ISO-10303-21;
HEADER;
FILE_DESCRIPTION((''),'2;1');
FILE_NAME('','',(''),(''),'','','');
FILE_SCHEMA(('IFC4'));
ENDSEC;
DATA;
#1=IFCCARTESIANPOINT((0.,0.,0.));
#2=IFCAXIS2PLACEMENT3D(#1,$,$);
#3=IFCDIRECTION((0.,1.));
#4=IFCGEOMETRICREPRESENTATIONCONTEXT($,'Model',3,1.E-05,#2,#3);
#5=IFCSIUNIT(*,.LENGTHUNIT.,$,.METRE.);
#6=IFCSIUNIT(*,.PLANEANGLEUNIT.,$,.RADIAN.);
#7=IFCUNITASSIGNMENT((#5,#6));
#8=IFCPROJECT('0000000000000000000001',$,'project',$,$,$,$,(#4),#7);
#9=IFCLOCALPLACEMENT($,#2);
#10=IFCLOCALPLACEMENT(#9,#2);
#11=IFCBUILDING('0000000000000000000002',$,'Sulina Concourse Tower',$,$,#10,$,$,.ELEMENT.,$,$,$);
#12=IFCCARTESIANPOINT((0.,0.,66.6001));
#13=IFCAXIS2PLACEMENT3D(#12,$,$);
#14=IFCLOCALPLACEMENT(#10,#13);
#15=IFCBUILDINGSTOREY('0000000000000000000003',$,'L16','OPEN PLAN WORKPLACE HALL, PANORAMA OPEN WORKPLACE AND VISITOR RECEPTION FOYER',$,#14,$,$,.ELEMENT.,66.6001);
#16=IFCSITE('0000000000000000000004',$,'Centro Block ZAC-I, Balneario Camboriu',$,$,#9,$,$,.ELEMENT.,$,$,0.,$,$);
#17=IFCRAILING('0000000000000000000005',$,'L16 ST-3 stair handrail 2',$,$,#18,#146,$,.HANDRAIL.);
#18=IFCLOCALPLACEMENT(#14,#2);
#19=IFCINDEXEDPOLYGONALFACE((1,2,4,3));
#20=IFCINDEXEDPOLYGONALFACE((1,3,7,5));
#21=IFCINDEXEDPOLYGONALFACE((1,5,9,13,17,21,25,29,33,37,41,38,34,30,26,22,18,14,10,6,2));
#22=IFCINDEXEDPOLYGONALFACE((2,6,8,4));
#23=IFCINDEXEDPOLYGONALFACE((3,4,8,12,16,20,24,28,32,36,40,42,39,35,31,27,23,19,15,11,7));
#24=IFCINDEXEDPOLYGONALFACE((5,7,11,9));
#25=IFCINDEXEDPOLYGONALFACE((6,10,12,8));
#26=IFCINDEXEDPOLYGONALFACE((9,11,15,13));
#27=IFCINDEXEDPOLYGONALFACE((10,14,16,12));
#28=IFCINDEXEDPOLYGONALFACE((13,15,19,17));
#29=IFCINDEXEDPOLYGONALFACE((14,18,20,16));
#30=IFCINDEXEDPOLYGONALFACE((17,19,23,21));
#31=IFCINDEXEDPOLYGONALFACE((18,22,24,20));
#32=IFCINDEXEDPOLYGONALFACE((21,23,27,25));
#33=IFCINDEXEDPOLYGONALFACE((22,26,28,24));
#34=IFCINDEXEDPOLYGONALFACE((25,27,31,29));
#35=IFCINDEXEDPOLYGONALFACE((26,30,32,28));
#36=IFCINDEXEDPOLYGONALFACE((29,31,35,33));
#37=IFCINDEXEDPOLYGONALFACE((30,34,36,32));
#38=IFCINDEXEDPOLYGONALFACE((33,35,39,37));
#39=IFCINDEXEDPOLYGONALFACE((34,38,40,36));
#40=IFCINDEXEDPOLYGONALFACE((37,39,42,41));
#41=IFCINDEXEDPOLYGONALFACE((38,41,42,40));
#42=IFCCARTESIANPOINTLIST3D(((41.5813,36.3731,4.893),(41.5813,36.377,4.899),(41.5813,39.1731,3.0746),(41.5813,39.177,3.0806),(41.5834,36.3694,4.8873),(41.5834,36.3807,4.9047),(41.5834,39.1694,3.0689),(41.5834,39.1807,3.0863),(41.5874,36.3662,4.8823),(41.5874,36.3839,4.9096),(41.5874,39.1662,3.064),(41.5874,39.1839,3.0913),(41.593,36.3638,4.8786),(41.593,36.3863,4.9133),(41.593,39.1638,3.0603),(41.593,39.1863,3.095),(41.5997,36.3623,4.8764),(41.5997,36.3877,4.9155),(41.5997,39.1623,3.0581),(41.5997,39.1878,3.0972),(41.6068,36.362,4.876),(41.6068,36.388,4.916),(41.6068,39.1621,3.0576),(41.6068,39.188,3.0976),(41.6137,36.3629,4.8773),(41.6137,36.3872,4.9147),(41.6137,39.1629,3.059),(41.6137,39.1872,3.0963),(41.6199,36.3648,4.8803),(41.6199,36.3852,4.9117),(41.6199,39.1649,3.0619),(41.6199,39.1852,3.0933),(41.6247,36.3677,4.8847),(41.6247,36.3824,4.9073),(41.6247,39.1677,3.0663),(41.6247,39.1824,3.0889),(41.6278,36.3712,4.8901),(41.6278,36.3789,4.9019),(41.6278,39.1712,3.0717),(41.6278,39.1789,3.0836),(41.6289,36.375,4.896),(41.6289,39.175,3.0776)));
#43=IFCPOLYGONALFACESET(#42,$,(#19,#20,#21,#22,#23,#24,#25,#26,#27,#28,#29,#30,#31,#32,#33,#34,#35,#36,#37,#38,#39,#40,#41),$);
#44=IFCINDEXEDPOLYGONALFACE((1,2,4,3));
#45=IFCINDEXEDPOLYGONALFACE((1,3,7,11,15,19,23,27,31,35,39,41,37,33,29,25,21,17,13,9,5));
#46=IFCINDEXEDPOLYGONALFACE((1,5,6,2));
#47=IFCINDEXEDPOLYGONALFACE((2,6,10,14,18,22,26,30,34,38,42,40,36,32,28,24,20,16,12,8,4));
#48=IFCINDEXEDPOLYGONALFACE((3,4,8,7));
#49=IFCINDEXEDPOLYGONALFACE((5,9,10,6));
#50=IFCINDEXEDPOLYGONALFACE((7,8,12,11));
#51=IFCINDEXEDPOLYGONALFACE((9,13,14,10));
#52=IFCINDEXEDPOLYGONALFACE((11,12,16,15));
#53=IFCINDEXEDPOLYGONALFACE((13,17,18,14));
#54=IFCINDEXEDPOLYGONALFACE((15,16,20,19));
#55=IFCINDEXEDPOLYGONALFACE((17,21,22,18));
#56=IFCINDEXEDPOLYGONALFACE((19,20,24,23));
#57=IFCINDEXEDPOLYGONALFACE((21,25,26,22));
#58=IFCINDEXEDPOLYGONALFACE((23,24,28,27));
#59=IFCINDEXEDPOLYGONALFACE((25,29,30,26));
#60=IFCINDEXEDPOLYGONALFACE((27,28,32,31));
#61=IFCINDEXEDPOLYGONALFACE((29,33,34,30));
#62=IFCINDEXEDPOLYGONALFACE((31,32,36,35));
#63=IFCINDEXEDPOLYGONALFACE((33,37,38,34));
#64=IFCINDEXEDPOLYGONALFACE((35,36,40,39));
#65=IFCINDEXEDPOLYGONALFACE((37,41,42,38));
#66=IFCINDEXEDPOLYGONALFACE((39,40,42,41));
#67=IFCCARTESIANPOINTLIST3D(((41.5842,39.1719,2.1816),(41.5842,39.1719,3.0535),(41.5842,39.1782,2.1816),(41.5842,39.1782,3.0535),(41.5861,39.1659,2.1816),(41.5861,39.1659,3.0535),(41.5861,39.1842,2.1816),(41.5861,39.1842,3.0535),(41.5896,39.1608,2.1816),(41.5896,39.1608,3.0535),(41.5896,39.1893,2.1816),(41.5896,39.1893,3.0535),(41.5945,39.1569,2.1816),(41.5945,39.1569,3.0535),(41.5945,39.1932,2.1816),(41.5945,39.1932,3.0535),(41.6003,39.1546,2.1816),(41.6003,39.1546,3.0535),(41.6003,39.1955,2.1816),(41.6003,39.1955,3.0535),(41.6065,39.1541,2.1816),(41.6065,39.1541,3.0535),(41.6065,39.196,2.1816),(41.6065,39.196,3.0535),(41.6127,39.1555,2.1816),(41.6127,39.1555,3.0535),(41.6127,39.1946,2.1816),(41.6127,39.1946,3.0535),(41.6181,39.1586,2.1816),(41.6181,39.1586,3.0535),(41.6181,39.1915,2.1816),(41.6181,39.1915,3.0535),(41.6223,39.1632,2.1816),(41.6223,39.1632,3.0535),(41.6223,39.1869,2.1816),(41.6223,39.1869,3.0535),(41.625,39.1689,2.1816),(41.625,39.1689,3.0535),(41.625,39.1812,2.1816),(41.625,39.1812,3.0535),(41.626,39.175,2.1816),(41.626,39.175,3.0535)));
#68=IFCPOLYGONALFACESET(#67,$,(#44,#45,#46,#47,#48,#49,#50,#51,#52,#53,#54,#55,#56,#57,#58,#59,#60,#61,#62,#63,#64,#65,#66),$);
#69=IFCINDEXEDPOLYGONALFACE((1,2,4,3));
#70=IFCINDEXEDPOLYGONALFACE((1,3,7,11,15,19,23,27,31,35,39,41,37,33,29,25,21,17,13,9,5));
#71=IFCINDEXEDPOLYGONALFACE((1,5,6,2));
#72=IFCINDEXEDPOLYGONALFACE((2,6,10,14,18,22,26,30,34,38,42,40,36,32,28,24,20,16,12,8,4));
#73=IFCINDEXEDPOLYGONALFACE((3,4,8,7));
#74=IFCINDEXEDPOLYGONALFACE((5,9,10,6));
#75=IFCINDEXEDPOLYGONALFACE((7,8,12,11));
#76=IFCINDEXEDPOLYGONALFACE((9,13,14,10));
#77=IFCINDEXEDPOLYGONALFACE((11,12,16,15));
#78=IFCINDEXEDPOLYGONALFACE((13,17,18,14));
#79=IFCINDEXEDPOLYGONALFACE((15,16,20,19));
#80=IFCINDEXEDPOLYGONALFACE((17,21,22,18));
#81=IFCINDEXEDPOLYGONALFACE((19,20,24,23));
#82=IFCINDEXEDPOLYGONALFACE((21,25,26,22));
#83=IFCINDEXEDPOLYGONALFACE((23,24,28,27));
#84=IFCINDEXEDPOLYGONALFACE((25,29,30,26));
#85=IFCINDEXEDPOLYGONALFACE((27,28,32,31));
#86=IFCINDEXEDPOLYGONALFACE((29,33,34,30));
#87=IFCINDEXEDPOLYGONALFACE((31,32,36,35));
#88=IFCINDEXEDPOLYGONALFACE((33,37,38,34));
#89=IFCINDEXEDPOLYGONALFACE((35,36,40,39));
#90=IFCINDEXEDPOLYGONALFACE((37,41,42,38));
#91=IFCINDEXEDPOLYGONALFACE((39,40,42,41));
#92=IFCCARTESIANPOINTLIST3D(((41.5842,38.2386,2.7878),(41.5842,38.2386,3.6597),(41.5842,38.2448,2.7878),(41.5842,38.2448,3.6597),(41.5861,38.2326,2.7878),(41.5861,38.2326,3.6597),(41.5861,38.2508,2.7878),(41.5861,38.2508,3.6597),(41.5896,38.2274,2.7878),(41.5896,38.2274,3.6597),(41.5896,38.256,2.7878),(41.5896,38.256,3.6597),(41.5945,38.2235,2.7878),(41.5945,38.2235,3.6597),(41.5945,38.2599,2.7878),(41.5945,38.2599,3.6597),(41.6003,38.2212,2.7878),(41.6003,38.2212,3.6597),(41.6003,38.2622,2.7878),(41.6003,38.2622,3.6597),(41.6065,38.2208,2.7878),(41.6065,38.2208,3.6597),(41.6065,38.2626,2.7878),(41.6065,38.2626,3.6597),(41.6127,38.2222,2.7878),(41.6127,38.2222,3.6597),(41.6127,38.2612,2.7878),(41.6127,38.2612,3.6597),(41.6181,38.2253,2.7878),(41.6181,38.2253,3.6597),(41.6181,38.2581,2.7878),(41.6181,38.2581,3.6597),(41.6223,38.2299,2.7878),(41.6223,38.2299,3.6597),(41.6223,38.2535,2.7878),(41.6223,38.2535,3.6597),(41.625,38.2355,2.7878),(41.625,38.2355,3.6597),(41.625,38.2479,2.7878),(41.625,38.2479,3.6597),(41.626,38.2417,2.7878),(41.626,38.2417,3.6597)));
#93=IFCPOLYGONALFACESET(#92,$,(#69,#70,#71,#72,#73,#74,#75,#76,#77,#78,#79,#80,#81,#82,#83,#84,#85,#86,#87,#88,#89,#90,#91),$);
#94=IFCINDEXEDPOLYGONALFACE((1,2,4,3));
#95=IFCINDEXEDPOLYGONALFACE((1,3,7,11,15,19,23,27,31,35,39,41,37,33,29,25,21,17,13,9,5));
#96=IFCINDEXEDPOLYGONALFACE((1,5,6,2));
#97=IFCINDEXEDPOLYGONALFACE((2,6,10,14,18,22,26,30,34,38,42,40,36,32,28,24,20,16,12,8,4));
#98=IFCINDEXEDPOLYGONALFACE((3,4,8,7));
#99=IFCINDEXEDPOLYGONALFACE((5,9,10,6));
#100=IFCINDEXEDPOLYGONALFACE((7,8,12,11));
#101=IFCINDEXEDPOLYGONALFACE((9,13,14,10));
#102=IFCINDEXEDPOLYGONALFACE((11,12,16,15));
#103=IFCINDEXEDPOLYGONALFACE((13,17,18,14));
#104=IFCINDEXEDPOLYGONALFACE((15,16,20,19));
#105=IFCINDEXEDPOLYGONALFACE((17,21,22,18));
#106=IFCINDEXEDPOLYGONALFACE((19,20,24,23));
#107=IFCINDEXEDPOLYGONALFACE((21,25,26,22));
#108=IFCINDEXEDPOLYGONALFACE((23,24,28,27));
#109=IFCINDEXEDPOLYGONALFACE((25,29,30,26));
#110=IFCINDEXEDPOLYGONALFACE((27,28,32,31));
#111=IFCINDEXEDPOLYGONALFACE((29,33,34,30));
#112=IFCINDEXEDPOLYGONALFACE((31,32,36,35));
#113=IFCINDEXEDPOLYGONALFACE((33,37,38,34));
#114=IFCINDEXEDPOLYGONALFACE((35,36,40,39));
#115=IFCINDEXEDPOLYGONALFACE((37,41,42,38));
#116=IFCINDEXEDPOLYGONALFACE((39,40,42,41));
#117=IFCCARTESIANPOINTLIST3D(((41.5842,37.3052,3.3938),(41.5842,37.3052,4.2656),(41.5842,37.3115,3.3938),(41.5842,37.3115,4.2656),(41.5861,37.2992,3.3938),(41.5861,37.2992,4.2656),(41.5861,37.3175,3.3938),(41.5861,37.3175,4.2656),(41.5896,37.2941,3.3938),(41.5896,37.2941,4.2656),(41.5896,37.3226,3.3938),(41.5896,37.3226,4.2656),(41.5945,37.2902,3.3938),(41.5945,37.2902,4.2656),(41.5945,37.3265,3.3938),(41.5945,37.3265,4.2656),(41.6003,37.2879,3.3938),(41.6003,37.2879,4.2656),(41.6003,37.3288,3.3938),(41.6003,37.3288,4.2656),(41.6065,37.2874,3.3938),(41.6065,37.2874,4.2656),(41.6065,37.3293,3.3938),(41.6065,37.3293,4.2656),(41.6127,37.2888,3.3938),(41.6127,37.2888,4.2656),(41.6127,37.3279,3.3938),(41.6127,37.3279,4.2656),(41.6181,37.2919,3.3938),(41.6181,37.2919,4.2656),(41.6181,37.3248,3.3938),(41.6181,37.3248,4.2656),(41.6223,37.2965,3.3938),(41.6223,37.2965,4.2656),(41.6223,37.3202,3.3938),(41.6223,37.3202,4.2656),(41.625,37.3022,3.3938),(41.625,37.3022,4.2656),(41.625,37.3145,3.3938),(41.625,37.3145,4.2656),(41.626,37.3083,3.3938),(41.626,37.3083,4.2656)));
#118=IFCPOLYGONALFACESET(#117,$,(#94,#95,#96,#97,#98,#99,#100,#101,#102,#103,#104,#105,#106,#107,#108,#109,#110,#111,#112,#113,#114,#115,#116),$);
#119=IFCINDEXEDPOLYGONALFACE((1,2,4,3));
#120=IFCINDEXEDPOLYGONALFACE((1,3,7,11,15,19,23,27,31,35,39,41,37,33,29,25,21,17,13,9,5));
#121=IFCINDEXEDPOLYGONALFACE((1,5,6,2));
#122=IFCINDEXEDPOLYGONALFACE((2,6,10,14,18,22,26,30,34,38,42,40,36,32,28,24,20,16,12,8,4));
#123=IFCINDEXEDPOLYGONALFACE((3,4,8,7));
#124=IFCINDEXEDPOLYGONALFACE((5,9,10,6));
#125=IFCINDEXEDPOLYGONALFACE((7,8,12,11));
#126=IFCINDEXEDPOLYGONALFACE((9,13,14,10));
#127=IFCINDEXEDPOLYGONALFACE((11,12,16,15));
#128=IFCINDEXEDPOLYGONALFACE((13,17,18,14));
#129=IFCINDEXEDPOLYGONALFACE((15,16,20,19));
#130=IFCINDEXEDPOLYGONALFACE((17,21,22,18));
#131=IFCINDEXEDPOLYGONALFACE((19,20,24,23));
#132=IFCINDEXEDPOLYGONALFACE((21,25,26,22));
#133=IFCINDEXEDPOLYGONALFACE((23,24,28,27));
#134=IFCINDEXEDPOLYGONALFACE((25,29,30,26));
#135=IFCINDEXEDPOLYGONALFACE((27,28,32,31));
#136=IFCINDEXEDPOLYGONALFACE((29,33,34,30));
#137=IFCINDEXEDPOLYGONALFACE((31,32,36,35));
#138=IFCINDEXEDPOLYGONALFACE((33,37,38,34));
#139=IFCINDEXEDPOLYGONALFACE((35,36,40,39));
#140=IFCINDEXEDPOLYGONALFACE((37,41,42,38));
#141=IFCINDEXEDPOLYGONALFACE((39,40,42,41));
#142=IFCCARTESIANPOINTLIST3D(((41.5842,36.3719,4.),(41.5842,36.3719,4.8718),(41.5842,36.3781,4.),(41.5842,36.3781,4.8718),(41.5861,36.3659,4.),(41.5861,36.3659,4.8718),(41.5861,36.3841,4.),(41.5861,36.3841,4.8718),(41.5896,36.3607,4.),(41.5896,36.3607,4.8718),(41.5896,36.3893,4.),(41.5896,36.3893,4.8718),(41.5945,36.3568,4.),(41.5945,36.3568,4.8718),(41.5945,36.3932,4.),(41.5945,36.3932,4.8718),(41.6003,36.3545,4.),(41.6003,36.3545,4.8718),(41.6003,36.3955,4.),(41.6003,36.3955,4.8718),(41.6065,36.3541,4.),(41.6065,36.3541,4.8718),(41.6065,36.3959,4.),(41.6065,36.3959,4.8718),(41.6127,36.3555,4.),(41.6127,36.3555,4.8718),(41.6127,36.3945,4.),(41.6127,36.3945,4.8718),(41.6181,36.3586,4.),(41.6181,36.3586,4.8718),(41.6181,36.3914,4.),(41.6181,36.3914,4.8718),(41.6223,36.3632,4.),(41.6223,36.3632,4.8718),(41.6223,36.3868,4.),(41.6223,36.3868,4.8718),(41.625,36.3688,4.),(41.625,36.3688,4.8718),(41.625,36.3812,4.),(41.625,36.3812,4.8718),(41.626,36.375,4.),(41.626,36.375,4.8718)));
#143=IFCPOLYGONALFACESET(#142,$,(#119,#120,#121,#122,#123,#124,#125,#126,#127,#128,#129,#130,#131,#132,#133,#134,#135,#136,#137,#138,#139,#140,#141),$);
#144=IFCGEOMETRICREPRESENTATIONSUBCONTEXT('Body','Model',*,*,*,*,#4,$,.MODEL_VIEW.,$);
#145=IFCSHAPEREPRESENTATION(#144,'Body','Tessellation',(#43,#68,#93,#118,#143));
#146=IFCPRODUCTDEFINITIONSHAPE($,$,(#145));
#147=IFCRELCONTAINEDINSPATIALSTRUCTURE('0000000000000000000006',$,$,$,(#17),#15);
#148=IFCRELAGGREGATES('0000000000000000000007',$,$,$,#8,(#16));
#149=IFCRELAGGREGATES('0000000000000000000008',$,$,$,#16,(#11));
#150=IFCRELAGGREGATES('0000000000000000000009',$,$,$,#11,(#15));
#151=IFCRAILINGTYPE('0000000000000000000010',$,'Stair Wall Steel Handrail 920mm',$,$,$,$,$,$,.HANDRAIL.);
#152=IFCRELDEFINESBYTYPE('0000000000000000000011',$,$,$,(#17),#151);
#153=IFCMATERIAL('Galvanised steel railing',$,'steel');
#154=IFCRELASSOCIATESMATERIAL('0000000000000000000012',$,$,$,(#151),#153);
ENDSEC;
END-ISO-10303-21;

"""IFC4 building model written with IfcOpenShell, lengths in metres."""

from ifc_helpers import new_model, si_unit, direction, frame, origin, origin_2d, place, context, subcontext, project, spatial, circle, extrude, material, type_object, element, save


model = new_model("IFC4")

# Units and contexts
model_context = context("Model", 3, precision=1e-05, world=origin(), true_north=direction((0.0, 1.0)))
body_context = subcontext(model_context, "Body", "Model", "MODEL_VIEW")
ifc_project = project(units=[si_unit("LENGTHUNIT", "METRE"), si_unit("PLANEANGLEUNIT", "RADIAN")], contexts=[model_context])

# Site, building, storey
site_placement = place(None, origin())
site = spatial("IfcSite", under=ifc_project, at=site_placement, Name="Centro Block ZAC-I, Balneario Camboriu", CompositionType="ELEMENT", RefElevation=0.0)
building_placement = place(site_placement, origin())
building = spatial("IfcBuilding", under=site, at=building_placement, Name="Sulina Concourse Tower", CompositionType="ELEMENT")
storey_placement = place(building_placement, frame((0.0, 0.0, 66.6001)))
storey = spatial("IfcBuildingStorey", under=building, at=storey_placement, Name="L16", Description="OPEN PLAN WORKPLACE HALL, PANORAMA OPEN WORKPLACE AND VISITOR RECEPTION FOYER", CompositionType="ELEMENT", Elevation=66.6001)

# Railing
ifc_material_1 = material(Name="Galvanised steel railing", Category="steel")
railing_type_1 = type_object("IfcRailingType", Name="Stair Wall Steel Handrail 920mm", PredefinedType="HANDRAIL", material=ifc_material_1)
railing_1_placement = place(storey_placement, frame((41.605, 39.175, 2.1816)))
element("IfcRailing", 1, at=railing_1_placement, inside=storey, type_object=railing_type_1, Name="L16 ST-3 stair handrail 2", PredefinedType="HANDRAIL", context=body_context, shape_type="SweptSolid", body=[
    extrude(circle(Radius=0.0239, at=origin_2d()), frame((0.0, 0.0, 0.896), z_axis=(0.0, -0.838672, 0.544636), x_axis=(1.0, 0.0, 0.0)), (0.0, 0.0, 1.0), 3.3386),
    extrude(circle(Radius=0.021, at=origin_2d()), origin(), (0.0, 0.0, 1.0), 0.8718),
    extrude(circle(Radius=0.021, at=origin_2d()), frame((0.0, -0.9333, 0.6062)), (0.0, 0.0, 1.0), 0.8718),
    extrude(circle(Radius=0.021, at=origin_2d()), frame((0.0, -1.8667, 1.2122)), (0.0, 0.0, 1.0), 0.8718),
    extrude(circle(Radius=0.021, at=origin_2d()), frame((0.0, -2.8, 1.8184)), (0.0, 0.0, 1.0), 0.8718),
])

save(model, "model.ifc")
